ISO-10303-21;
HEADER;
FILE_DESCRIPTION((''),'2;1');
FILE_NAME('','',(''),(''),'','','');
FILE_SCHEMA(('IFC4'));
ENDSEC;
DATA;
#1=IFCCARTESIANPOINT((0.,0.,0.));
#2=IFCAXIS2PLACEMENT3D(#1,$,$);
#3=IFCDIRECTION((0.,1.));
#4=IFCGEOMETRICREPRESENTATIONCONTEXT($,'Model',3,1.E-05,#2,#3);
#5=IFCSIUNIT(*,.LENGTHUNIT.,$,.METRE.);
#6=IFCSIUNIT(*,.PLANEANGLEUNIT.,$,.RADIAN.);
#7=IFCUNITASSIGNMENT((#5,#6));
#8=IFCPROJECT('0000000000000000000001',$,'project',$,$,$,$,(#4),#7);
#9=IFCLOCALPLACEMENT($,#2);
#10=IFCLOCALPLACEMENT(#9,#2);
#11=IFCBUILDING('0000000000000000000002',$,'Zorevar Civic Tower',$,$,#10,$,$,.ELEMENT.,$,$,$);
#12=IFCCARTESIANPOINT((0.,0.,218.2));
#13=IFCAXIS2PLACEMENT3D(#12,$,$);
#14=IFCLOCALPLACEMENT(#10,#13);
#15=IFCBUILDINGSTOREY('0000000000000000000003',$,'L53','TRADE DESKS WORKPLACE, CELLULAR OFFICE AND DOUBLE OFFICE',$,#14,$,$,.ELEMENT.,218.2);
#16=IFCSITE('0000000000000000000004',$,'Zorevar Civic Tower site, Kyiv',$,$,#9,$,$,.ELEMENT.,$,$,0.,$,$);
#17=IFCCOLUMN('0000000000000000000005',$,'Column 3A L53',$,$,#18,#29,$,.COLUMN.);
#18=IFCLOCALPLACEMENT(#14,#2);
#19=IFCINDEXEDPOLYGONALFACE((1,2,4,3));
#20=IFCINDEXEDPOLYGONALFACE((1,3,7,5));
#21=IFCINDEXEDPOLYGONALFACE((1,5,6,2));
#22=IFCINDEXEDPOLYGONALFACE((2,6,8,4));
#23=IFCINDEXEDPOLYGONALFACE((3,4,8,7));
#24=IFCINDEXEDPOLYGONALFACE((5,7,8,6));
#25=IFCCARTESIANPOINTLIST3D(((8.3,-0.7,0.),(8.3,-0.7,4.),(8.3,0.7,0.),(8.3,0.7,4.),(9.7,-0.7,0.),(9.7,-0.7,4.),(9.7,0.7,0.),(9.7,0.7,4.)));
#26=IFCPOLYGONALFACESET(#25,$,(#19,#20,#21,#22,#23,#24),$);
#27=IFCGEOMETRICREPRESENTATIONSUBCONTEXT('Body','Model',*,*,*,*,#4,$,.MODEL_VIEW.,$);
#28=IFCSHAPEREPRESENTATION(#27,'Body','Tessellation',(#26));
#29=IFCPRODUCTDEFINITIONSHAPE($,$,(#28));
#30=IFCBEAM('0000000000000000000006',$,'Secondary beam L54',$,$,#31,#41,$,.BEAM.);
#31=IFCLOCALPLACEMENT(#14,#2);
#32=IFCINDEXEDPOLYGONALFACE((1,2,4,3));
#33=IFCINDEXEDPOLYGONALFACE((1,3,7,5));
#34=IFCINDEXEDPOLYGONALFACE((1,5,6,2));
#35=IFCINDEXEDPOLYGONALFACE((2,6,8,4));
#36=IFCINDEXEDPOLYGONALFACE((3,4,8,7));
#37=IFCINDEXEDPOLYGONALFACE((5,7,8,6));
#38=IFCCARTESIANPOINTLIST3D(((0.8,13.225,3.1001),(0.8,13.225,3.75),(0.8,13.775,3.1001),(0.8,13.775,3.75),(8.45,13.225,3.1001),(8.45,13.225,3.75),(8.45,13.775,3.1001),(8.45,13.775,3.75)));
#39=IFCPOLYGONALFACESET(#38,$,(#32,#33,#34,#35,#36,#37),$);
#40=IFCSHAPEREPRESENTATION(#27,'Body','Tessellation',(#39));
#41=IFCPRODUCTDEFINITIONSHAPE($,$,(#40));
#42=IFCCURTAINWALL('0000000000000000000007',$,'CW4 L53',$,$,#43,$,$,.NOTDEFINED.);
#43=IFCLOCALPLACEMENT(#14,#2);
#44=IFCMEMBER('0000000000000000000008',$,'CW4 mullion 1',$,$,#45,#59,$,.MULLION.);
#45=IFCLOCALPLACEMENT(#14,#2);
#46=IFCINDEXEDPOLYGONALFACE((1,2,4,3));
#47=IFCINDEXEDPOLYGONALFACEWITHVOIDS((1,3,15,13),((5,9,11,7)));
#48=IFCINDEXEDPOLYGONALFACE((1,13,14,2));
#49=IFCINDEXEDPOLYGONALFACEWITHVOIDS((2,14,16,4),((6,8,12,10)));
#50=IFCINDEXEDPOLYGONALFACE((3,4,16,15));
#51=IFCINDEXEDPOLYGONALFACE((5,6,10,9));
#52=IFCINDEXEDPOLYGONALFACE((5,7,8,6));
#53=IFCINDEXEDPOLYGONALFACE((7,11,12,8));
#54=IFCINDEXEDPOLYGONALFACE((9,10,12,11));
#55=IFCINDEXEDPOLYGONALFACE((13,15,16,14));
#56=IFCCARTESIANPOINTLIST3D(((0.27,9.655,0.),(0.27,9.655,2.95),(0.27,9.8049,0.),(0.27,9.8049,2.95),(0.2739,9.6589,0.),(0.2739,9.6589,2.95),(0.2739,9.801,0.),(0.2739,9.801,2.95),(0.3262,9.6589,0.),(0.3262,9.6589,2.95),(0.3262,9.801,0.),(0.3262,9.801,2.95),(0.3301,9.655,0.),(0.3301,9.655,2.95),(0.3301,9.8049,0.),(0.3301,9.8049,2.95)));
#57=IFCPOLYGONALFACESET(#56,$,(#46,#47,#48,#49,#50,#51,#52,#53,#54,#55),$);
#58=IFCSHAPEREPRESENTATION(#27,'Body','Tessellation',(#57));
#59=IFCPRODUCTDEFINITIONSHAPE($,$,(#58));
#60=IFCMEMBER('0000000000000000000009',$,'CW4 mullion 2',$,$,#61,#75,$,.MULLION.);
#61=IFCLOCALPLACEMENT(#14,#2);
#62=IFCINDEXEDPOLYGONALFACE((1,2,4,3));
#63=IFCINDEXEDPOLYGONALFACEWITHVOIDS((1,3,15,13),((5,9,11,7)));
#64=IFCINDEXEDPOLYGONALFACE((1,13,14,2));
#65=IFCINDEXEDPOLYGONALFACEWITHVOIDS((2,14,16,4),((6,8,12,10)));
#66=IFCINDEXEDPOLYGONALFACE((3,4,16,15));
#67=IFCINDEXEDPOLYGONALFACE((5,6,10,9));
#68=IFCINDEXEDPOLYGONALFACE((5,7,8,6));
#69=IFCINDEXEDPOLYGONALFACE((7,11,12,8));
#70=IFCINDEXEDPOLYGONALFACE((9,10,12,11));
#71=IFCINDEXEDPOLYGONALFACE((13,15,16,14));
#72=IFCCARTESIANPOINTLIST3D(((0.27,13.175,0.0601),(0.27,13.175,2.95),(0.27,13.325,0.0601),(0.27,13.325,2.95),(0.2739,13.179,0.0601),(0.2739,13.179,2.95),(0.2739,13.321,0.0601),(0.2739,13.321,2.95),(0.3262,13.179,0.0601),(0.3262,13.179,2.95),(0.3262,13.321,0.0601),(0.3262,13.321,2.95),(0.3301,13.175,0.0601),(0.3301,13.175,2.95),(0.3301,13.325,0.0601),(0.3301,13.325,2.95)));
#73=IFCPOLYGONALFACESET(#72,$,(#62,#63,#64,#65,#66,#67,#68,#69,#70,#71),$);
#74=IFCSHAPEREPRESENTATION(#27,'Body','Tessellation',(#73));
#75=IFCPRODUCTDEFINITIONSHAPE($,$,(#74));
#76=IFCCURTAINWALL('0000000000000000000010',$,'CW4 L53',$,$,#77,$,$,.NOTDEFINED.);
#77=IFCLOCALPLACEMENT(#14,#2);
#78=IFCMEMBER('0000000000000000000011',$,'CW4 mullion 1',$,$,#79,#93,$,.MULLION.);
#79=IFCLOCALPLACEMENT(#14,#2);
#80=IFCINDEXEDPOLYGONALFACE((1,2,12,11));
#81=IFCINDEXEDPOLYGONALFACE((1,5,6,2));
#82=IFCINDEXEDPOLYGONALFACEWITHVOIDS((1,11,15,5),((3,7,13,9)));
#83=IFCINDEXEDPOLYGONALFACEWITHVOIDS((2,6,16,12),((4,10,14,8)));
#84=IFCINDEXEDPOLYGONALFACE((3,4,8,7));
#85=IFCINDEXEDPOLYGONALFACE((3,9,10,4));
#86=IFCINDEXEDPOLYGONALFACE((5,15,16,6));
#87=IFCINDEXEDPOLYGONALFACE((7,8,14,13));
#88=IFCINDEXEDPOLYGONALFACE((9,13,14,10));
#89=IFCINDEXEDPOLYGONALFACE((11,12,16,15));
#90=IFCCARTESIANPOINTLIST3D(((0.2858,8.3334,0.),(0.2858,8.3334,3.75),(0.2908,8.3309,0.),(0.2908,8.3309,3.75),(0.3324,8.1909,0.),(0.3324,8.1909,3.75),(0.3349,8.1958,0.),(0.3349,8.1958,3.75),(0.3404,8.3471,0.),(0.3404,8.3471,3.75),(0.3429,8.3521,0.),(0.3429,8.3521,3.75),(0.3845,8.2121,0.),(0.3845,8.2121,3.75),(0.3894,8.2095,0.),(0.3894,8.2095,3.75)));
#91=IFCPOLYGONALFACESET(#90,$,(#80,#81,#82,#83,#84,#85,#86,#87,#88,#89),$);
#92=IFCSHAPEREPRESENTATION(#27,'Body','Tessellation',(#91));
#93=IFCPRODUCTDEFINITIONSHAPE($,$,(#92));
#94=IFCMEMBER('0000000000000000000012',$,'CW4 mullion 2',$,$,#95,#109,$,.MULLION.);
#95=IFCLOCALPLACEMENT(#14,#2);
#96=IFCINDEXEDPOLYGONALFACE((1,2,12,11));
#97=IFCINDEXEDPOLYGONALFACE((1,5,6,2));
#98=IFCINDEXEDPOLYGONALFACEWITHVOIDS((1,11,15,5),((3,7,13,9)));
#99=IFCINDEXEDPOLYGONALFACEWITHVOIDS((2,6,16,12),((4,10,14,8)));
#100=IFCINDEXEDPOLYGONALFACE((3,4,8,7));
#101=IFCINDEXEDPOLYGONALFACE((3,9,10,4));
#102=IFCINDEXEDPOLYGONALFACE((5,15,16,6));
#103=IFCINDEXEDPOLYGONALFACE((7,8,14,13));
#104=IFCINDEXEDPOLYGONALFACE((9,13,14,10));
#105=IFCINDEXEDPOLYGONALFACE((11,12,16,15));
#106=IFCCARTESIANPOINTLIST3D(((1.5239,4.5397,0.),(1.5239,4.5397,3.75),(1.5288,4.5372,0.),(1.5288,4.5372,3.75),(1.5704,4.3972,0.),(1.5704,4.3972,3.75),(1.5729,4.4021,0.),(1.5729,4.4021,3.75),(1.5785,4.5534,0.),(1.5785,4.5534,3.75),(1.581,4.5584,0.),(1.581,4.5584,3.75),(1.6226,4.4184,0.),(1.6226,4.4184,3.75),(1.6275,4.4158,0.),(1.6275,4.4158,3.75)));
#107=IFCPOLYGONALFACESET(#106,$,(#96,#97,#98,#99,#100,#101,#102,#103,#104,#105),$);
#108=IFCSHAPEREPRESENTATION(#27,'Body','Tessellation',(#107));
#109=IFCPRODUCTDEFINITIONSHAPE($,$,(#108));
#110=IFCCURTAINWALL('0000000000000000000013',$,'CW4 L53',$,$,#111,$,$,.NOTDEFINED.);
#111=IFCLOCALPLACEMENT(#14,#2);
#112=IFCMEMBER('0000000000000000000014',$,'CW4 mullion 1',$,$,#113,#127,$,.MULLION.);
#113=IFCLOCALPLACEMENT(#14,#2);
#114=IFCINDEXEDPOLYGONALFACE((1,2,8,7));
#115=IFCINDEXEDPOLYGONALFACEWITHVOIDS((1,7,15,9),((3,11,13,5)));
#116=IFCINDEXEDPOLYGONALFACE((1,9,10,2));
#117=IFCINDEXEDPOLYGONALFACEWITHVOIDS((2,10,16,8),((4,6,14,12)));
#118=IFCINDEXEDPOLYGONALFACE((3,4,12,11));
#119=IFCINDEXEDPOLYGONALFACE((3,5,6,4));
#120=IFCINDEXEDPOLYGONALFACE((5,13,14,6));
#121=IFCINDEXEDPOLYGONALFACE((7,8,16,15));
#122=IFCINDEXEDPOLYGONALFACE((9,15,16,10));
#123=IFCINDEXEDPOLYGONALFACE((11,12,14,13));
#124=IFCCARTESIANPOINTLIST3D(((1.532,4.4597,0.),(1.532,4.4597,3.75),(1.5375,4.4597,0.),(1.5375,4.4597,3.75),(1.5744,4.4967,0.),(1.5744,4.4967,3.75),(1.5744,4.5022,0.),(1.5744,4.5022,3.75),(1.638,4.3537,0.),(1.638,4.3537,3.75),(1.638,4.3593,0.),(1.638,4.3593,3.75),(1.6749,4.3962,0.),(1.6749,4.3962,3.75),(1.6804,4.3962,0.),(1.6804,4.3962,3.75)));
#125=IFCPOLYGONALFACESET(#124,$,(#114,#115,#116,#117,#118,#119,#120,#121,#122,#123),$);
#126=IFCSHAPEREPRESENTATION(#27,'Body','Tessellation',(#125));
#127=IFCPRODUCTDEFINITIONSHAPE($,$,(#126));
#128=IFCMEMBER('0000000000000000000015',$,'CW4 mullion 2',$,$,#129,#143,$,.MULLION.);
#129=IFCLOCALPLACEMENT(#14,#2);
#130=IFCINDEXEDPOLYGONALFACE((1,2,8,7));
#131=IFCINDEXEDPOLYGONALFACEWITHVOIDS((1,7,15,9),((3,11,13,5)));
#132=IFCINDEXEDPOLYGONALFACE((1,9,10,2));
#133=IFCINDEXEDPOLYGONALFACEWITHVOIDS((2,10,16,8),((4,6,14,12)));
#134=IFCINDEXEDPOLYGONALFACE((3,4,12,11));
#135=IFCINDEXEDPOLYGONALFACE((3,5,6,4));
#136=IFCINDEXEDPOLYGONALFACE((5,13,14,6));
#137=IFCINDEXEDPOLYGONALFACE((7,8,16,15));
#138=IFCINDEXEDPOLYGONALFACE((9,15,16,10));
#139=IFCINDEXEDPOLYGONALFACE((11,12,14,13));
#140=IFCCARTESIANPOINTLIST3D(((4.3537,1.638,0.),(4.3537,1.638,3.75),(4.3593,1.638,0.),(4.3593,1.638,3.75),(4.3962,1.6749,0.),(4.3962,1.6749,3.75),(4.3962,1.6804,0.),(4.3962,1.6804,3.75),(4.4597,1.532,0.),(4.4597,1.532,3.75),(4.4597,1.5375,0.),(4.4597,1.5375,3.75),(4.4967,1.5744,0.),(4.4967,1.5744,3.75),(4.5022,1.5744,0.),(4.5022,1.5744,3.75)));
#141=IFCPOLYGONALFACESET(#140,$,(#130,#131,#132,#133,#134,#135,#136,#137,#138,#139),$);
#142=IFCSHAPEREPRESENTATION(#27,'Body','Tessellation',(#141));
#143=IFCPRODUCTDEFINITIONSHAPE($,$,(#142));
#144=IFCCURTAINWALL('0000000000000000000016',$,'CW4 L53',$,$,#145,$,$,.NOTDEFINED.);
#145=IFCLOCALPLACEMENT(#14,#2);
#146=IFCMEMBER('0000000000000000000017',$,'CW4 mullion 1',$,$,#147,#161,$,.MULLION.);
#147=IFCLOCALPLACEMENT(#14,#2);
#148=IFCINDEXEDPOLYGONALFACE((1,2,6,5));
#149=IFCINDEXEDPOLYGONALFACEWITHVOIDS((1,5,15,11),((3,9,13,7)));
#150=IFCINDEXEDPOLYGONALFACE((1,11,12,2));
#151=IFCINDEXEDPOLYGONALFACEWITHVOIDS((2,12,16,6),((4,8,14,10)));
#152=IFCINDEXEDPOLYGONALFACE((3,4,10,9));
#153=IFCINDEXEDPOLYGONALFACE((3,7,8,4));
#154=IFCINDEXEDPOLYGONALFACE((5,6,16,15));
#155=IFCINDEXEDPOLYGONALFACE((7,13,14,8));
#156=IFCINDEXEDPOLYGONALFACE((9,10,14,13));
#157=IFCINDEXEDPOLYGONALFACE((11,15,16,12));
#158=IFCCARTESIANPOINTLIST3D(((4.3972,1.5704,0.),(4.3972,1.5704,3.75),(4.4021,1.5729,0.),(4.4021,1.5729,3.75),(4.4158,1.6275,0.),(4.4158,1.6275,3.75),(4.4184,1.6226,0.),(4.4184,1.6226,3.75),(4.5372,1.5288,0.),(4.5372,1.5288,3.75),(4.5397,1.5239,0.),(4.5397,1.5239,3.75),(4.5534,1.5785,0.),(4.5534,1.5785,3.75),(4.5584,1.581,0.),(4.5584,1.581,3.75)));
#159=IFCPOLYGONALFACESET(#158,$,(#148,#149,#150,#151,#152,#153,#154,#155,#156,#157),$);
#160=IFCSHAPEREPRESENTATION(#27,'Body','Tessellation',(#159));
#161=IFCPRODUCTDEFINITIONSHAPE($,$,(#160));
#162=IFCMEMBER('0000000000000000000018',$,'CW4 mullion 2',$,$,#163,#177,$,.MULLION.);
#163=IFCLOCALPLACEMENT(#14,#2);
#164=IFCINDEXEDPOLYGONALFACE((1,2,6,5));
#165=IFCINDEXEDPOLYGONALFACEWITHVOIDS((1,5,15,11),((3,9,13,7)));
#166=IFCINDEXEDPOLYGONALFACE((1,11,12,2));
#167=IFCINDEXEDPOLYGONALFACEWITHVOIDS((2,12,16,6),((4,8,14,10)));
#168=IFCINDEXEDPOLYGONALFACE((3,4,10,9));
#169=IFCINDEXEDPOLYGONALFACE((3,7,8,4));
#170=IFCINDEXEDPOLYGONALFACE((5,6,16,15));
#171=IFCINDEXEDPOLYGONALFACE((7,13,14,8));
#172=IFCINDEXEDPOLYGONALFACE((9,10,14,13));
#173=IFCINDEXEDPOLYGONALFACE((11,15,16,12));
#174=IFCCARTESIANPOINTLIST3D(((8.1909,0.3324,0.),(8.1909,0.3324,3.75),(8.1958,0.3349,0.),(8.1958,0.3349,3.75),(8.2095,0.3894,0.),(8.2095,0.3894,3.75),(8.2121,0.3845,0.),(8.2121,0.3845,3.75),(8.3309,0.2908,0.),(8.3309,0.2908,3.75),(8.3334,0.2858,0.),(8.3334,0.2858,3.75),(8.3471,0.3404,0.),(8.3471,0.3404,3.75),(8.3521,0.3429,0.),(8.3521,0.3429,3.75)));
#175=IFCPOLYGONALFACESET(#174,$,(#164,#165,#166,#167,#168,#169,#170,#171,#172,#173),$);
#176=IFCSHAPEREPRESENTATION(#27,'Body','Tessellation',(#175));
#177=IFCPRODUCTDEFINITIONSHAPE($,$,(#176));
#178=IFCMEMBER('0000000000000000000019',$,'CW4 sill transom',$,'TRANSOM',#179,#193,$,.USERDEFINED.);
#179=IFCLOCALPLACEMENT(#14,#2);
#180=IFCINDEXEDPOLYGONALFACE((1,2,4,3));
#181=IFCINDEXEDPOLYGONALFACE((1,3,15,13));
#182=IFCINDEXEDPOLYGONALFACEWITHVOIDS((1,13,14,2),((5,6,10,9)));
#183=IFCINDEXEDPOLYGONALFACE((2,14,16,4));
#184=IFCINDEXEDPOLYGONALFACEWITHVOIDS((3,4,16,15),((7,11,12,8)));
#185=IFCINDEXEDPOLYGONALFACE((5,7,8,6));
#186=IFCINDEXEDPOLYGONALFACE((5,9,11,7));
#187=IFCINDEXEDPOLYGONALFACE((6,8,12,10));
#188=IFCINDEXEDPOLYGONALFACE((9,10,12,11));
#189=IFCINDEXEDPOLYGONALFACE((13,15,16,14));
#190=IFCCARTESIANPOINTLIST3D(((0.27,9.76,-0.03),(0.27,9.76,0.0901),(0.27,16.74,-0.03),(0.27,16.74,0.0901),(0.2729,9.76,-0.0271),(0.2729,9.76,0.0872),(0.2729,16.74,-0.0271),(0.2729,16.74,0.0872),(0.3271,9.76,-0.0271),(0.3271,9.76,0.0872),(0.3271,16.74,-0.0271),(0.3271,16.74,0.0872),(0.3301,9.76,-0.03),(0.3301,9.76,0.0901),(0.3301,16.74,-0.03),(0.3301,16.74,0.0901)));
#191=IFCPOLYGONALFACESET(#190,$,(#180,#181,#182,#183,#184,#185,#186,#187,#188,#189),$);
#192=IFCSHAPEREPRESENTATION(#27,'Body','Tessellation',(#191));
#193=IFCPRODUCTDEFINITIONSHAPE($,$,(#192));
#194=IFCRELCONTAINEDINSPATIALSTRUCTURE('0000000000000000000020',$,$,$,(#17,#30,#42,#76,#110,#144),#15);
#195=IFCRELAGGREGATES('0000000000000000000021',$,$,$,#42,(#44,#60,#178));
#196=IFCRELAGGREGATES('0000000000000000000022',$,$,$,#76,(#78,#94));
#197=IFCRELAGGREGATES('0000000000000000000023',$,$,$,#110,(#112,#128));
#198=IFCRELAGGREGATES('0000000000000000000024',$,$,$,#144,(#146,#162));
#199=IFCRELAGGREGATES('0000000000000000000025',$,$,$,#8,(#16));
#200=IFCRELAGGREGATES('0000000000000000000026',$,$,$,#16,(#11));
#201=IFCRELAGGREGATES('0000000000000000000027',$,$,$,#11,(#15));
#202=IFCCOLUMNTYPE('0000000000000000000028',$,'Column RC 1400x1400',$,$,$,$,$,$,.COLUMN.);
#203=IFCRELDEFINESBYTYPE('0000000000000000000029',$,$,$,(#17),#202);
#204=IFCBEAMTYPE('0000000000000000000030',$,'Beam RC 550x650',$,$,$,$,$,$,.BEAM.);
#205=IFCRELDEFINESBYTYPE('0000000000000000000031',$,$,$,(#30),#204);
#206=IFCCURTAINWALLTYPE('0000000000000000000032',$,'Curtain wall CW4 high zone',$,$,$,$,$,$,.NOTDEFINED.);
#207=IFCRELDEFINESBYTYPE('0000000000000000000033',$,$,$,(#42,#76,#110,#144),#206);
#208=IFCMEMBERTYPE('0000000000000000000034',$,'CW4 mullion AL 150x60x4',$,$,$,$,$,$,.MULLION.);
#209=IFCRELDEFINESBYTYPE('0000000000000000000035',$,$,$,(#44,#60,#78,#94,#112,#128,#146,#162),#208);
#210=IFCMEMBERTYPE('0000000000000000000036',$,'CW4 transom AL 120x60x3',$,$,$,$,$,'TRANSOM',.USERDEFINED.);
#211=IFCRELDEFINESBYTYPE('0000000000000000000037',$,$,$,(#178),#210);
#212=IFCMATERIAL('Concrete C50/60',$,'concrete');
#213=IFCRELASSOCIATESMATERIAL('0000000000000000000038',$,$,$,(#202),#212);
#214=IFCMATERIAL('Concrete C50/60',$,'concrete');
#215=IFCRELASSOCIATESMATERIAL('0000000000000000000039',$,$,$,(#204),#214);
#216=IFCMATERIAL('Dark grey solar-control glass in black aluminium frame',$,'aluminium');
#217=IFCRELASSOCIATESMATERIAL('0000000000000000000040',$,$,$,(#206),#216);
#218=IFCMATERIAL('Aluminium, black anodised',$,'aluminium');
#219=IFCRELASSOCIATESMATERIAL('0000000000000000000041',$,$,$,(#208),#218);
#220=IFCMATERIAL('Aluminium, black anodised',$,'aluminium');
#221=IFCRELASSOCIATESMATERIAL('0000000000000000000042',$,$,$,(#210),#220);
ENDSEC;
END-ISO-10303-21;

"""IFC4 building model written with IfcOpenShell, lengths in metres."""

from ifc_helpers import new_model, si_unit, direction, frame, origin, origin_2d, place, context, subcontext, project, spatial, rectangle, hollow_rectangle, extrude, material, material_profile, profile_set, type_object, element, aggregate, save


model = new_model("IFC4")

# Units and contexts
model_context = context("Model", 3, precision=1e-05, world=origin(), true_north=direction((0.0, 1.0)))
body_context = subcontext(model_context, "Body", "Model", "MODEL_VIEW")
ifc_project = project(units=[si_unit("LENGTHUNIT", "METRE"), si_unit("PLANEANGLEUNIT", "RADIAN")], contexts=[model_context])

# Site, building, storey
site_placement = place(None, origin())
site = spatial("IfcSite", under=ifc_project, at=site_placement, Name="Zorevar Civic Tower site, Kyiv", CompositionType="ELEMENT", RefElevation=0.0)
building_placement = place(site_placement, origin())
building = spatial("IfcBuilding", under=site, at=building_placement, Name="Zorevar Civic Tower", CompositionType="ELEMENT")
storey_placement = place(building_placement, frame((0.0, 0.0, 218.2)))
storey = spatial("IfcBuildingStorey", under=building, at=storey_placement, Name="L53", Description="TRADE DESKS WORKPLACE, CELLULAR OFFICE AND DOUBLE OFFICE", CompositionType="ELEMENT", Elevation=218.2)

# Column
ifc_material_1 = material(Name="Concrete C50/60", Category="concrete")
ifc_material_profile_1 = material_profile(ifc_material_1, rectangle(XDim=1.3999, YDim=1.3999, at=origin_2d()), Name="RC 1400x1400")
ifc_profile_set_1 = profile_set([ifc_material_profile_1], Name="Concrete C50/60")
column_type = type_object("IfcColumnType", Name="Column RC 1400x1400", PredefinedType="COLUMN", material=ifc_profile_set_1)
column_placement = place(storey_placement, frame((9.0, 0.0, 0.0), z_axis=(0.0, 0.0, 1.0), x_axis=(1.0, 0.0, 0.0)))
element("IfcColumn", 1, at=column_placement, inside=storey, type_object=column_type, Name="Column 3A L53", PredefinedType="COLUMN", context=body_context, shape_type="SweptSolid", body=[
    extrude(rectangle(XDim=1.3999, YDim=1.3999, at=origin_2d()), origin(), (0.0, 0.0, 1.0), 4.0),
])

# Beam
ifc_material_2 = material(Name="Concrete C50/60", Category="concrete")
ifc_material_profile_2 = material_profile(ifc_material_2, rectangle(XDim=0.55, YDim=0.6499, at=origin_2d()), Name="RC 550x650")
ifc_profile_set_2 = profile_set([ifc_material_profile_2], Name="Concrete C50/60")
beam_type_1 = type_object("IfcBeamType", Name="Beam RC 550x650", PredefinedType="BEAM", material=ifc_profile_set_2)
beam_1_placement = place(storey_placement, frame((0.8, 13.5, 3.425), z_axis=(1.0, 0.0, 0.0), x_axis=(0.0, 1.0, 0.0)))
element("IfcBeam", 2, at=beam_1_placement, inside=storey, type_object=beam_type_1, Name="Secondary beam L54", PredefinedType="BEAM", context=body_context, shape_type="SweptSolid", body=[
    extrude(rectangle(XDim=0.55, YDim=0.6499, at=origin_2d()), origin(), (0.0, 0.0, 1.0), 7.6499),
])

# Curtain walls, members
ifc_material_3 = material(Name="Dark grey solar-control glass in black aluminium frame", Category="aluminium")
curtain_wall_type = type_object("IfcCurtainWallType", Name="Curtain wall CW4 high zone", PredefinedType="NOTDEFINED", material=ifc_material_3)
curtain_wall_1_placement = place(storey_placement, origin())
curtain_wall_1 = element("IfcCurtainWall", 3, at=curtain_wall_1_placement, inside=storey, type_object=curtain_wall_type, Name="CW4 L53", PredefinedType="NOTDEFINED")
ifc_material_4 = material(Name="Aluminium, black anodised", Category="aluminium")
ifc_material_profile_3 = material_profile(ifc_material_4, hollow_rectangle(XDim=0.0601, YDim=0.1499, WallThickness=0.0039, at=origin_2d()), Name="AL 150x60x4")
ifc_profile_set_3 = profile_set([ifc_material_profile_3], Name="Aluminium, black anodised")
member_type_1 = type_object("IfcMemberType", Name="CW4 mullion AL 150x60x4", PredefinedType="MULLION", material=ifc_profile_set_3)
member_1_placement = place(storey_placement, frame((0.3, 9.73, 0.0), z_axis=(0.0, 0.0, 1.0), x_axis=(-1.0, 0.0, 0.0)))
member_1 = element("IfcMember", 4, at=member_1_placement, type_object=member_type_1, Name="CW4 mullion 1", PredefinedType="MULLION", context=body_context, shape_type="SweptSolid", body=[
    extrude(hollow_rectangle(XDim=0.0601, YDim=0.1499, WallThickness=0.0039, at=origin_2d()), origin(), (0.0, 0.0, 1.0), 2.95),
])
member_2_placement = place(storey_placement, frame((0.3, 13.25, 0.0601), z_axis=(0.0, 0.0, 1.0), x_axis=(-1.0, 0.0, 0.0)))
member_2 = element("IfcMember", 5, at=member_2_placement, type_object=member_type_1, Name="CW4 mullion 2", PredefinedType="MULLION", context=body_context, shape_type="SweptSolid", body=[
    extrude(hollow_rectangle(XDim=0.0601, YDim=0.1499, WallThickness=0.0039, at=origin_2d()), origin(), (0.0, 0.0, 1.0), 2.8899),
])
curtain_wall_2_placement = place(storey_placement, origin())
curtain_wall_2 = element("IfcCurtainWall", 6, at=curtain_wall_2_placement, inside=storey, type_object=curtain_wall_type, Name="CW4 L53", PredefinedType="NOTDEFINED")
member_3_placement = place(storey_placement, frame((0.3376, 8.2715, 0.0), z_axis=(0.0, 0.0, 1.0), x_axis=(0.950645, 0.310281, 0.0)))
member_3 = element("IfcMember", 7, at=member_3_placement, type_object=member_type_1, Name="CW4 mullion 1", PredefinedType="MULLION", context=body_context, shape_type="SweptSolid", body=[
    extrude(hollow_rectangle(XDim=0.0601, YDim=0.1499, WallThickness=0.0039, at=origin_2d()), origin(), (0.0, 0.0, 1.0), 3.75),
])
member_4_placement = place(storey_placement, frame((1.5757, 4.4778, 0.0), z_axis=(0.0, 0.0, 1.0), x_axis=(0.950645, 0.310281, 0.0)))
member_4 = element("IfcMember", 8, at=member_4_placement, type_object=member_type_1, Name="CW4 mullion 2", PredefinedType="MULLION", context=body_context, shape_type="SweptSolid", body=[
    extrude(hollow_rectangle(XDim=0.0601, YDim=0.1499, WallThickness=0.0039, at=origin_2d()), origin(), (0.0, 0.0, 1.0), 3.75),
])
curtain_wall_3_placement = place(storey_placement, origin())
curtain_wall_3 = element("IfcCurtainWall", 9, at=curtain_wall_3_placement, inside=storey, type_object=curtain_wall_type, Name="CW4 L53", PredefinedType="NOTDEFINED")
member_5_placement = place(storey_placement, frame((1.6062, 4.428, 0.0), z_axis=(0.0, 0.0, 1.0), x_axis=(0.707107, 0.707107, 0.0)))
member_5 = element("IfcMember", 10, at=member_5_placement, type_object=member_type_1, Name="CW4 mullion 1", PredefinedType="MULLION", context=body_context, shape_type="SweptSolid", body=[
    extrude(hollow_rectangle(XDim=0.0601, YDim=0.1499, WallThickness=0.0039, at=origin_2d()), origin(), (0.0, 0.0, 1.0), 3.75),
])
member_6_placement = place(storey_placement, frame((4.428, 1.6062, 0.0), z_axis=(0.0, 0.0, 1.0), x_axis=(0.707107, 0.707107, 0.0)))
member_6 = element("IfcMember", 11, at=member_6_placement, type_object=member_type_1, Name="CW4 mullion 2", PredefinedType="MULLION", context=body_context, shape_type="SweptSolid", body=[
    extrude(hollow_rectangle(XDim=0.0601, YDim=0.1499, WallThickness=0.0039, at=origin_2d()), origin(), (0.0, 0.0, 1.0), 3.75),
])
curtain_wall_4_placement = place(storey_placement, origin())
curtain_wall_4 = element("IfcCurtainWall", 12, at=curtain_wall_4_placement, inside=storey, type_object=curtain_wall_type, Name="CW4 L53", PredefinedType="NOTDEFINED")
member_7_placement = place(storey_placement, frame((4.4778, 1.5757, 0.0), z_axis=(0.0, 0.0, 1.0), x_axis=(0.310281, 0.950645, 0.0)))
member_7 = element("IfcMember", 13, at=member_7_placement, type_object=member_type_1, Name="CW4 mullion 1", PredefinedType="MULLION", context=body_context, shape_type="SweptSolid", body=[
    extrude(hollow_rectangle(XDim=0.0601, YDim=0.1499, WallThickness=0.0039, at=origin_2d()), origin(), (0.0, 0.0, 1.0), 3.75),
])
member_8_placement = place(storey_placement, frame((8.2715, 0.3376, 0.0), z_axis=(0.0, 0.0, 1.0), x_axis=(0.310281, 0.950645, 0.0)))
member_8 = element("IfcMember", 14, at=member_8_placement, type_object=member_type_1, Name="CW4 mullion 2", PredefinedType="MULLION", context=body_context, shape_type="SweptSolid", body=[
    extrude(hollow_rectangle(XDim=0.0601, YDim=0.1499, WallThickness=0.0039, at=origin_2d()), origin(), (0.0, 0.0, 1.0), 3.75),
])

# Member
ifc_material_5 = material(Name="Aluminium, black anodised", Category="aluminium")
ifc_material_profile_4 = material_profile(ifc_material_5, hollow_rectangle(XDim=0.0601, YDim=0.1201, WallThickness=0.0029, at=origin_2d()), Name="AL 120x60x3")
ifc_profile_set_4 = profile_set([ifc_material_profile_4], Name="Aluminium, black anodised")
member_type_2 = type_object("IfcMemberType", Name="CW4 transom AL 120x60x3", ElementType="TRANSOM", PredefinedType="USERDEFINED", material=ifc_profile_set_4)
member_9_placement = place(storey_placement, frame((0.3, 9.76, 0.03), z_axis=(0.0, 1.0, 0.0), x_axis=(-1.0, 0.0, 0.0)))
member_9 = element("IfcMember", 15, at=member_9_placement, type_object=member_type_2, Name="CW4 sill transom", ObjectType="TRANSOM", PredefinedType="USERDEFINED", context=body_context, shape_type="SweptSolid", body=[
    extrude(hollow_rectangle(XDim=0.0601, YDim=0.1201, WallThickness=0.0029, at=origin_2d()), origin(), (0.0, 0.0, 1.0), 6.98),
])

aggregate(curtain_wall_1, [member_1, member_2, member_9])
aggregate(curtain_wall_2, [member_3, member_4])
aggregate(curtain_wall_3, [member_5, member_6])
aggregate(curtain_wall_4, [member_7, member_8])

save(model, "model.ifc")
